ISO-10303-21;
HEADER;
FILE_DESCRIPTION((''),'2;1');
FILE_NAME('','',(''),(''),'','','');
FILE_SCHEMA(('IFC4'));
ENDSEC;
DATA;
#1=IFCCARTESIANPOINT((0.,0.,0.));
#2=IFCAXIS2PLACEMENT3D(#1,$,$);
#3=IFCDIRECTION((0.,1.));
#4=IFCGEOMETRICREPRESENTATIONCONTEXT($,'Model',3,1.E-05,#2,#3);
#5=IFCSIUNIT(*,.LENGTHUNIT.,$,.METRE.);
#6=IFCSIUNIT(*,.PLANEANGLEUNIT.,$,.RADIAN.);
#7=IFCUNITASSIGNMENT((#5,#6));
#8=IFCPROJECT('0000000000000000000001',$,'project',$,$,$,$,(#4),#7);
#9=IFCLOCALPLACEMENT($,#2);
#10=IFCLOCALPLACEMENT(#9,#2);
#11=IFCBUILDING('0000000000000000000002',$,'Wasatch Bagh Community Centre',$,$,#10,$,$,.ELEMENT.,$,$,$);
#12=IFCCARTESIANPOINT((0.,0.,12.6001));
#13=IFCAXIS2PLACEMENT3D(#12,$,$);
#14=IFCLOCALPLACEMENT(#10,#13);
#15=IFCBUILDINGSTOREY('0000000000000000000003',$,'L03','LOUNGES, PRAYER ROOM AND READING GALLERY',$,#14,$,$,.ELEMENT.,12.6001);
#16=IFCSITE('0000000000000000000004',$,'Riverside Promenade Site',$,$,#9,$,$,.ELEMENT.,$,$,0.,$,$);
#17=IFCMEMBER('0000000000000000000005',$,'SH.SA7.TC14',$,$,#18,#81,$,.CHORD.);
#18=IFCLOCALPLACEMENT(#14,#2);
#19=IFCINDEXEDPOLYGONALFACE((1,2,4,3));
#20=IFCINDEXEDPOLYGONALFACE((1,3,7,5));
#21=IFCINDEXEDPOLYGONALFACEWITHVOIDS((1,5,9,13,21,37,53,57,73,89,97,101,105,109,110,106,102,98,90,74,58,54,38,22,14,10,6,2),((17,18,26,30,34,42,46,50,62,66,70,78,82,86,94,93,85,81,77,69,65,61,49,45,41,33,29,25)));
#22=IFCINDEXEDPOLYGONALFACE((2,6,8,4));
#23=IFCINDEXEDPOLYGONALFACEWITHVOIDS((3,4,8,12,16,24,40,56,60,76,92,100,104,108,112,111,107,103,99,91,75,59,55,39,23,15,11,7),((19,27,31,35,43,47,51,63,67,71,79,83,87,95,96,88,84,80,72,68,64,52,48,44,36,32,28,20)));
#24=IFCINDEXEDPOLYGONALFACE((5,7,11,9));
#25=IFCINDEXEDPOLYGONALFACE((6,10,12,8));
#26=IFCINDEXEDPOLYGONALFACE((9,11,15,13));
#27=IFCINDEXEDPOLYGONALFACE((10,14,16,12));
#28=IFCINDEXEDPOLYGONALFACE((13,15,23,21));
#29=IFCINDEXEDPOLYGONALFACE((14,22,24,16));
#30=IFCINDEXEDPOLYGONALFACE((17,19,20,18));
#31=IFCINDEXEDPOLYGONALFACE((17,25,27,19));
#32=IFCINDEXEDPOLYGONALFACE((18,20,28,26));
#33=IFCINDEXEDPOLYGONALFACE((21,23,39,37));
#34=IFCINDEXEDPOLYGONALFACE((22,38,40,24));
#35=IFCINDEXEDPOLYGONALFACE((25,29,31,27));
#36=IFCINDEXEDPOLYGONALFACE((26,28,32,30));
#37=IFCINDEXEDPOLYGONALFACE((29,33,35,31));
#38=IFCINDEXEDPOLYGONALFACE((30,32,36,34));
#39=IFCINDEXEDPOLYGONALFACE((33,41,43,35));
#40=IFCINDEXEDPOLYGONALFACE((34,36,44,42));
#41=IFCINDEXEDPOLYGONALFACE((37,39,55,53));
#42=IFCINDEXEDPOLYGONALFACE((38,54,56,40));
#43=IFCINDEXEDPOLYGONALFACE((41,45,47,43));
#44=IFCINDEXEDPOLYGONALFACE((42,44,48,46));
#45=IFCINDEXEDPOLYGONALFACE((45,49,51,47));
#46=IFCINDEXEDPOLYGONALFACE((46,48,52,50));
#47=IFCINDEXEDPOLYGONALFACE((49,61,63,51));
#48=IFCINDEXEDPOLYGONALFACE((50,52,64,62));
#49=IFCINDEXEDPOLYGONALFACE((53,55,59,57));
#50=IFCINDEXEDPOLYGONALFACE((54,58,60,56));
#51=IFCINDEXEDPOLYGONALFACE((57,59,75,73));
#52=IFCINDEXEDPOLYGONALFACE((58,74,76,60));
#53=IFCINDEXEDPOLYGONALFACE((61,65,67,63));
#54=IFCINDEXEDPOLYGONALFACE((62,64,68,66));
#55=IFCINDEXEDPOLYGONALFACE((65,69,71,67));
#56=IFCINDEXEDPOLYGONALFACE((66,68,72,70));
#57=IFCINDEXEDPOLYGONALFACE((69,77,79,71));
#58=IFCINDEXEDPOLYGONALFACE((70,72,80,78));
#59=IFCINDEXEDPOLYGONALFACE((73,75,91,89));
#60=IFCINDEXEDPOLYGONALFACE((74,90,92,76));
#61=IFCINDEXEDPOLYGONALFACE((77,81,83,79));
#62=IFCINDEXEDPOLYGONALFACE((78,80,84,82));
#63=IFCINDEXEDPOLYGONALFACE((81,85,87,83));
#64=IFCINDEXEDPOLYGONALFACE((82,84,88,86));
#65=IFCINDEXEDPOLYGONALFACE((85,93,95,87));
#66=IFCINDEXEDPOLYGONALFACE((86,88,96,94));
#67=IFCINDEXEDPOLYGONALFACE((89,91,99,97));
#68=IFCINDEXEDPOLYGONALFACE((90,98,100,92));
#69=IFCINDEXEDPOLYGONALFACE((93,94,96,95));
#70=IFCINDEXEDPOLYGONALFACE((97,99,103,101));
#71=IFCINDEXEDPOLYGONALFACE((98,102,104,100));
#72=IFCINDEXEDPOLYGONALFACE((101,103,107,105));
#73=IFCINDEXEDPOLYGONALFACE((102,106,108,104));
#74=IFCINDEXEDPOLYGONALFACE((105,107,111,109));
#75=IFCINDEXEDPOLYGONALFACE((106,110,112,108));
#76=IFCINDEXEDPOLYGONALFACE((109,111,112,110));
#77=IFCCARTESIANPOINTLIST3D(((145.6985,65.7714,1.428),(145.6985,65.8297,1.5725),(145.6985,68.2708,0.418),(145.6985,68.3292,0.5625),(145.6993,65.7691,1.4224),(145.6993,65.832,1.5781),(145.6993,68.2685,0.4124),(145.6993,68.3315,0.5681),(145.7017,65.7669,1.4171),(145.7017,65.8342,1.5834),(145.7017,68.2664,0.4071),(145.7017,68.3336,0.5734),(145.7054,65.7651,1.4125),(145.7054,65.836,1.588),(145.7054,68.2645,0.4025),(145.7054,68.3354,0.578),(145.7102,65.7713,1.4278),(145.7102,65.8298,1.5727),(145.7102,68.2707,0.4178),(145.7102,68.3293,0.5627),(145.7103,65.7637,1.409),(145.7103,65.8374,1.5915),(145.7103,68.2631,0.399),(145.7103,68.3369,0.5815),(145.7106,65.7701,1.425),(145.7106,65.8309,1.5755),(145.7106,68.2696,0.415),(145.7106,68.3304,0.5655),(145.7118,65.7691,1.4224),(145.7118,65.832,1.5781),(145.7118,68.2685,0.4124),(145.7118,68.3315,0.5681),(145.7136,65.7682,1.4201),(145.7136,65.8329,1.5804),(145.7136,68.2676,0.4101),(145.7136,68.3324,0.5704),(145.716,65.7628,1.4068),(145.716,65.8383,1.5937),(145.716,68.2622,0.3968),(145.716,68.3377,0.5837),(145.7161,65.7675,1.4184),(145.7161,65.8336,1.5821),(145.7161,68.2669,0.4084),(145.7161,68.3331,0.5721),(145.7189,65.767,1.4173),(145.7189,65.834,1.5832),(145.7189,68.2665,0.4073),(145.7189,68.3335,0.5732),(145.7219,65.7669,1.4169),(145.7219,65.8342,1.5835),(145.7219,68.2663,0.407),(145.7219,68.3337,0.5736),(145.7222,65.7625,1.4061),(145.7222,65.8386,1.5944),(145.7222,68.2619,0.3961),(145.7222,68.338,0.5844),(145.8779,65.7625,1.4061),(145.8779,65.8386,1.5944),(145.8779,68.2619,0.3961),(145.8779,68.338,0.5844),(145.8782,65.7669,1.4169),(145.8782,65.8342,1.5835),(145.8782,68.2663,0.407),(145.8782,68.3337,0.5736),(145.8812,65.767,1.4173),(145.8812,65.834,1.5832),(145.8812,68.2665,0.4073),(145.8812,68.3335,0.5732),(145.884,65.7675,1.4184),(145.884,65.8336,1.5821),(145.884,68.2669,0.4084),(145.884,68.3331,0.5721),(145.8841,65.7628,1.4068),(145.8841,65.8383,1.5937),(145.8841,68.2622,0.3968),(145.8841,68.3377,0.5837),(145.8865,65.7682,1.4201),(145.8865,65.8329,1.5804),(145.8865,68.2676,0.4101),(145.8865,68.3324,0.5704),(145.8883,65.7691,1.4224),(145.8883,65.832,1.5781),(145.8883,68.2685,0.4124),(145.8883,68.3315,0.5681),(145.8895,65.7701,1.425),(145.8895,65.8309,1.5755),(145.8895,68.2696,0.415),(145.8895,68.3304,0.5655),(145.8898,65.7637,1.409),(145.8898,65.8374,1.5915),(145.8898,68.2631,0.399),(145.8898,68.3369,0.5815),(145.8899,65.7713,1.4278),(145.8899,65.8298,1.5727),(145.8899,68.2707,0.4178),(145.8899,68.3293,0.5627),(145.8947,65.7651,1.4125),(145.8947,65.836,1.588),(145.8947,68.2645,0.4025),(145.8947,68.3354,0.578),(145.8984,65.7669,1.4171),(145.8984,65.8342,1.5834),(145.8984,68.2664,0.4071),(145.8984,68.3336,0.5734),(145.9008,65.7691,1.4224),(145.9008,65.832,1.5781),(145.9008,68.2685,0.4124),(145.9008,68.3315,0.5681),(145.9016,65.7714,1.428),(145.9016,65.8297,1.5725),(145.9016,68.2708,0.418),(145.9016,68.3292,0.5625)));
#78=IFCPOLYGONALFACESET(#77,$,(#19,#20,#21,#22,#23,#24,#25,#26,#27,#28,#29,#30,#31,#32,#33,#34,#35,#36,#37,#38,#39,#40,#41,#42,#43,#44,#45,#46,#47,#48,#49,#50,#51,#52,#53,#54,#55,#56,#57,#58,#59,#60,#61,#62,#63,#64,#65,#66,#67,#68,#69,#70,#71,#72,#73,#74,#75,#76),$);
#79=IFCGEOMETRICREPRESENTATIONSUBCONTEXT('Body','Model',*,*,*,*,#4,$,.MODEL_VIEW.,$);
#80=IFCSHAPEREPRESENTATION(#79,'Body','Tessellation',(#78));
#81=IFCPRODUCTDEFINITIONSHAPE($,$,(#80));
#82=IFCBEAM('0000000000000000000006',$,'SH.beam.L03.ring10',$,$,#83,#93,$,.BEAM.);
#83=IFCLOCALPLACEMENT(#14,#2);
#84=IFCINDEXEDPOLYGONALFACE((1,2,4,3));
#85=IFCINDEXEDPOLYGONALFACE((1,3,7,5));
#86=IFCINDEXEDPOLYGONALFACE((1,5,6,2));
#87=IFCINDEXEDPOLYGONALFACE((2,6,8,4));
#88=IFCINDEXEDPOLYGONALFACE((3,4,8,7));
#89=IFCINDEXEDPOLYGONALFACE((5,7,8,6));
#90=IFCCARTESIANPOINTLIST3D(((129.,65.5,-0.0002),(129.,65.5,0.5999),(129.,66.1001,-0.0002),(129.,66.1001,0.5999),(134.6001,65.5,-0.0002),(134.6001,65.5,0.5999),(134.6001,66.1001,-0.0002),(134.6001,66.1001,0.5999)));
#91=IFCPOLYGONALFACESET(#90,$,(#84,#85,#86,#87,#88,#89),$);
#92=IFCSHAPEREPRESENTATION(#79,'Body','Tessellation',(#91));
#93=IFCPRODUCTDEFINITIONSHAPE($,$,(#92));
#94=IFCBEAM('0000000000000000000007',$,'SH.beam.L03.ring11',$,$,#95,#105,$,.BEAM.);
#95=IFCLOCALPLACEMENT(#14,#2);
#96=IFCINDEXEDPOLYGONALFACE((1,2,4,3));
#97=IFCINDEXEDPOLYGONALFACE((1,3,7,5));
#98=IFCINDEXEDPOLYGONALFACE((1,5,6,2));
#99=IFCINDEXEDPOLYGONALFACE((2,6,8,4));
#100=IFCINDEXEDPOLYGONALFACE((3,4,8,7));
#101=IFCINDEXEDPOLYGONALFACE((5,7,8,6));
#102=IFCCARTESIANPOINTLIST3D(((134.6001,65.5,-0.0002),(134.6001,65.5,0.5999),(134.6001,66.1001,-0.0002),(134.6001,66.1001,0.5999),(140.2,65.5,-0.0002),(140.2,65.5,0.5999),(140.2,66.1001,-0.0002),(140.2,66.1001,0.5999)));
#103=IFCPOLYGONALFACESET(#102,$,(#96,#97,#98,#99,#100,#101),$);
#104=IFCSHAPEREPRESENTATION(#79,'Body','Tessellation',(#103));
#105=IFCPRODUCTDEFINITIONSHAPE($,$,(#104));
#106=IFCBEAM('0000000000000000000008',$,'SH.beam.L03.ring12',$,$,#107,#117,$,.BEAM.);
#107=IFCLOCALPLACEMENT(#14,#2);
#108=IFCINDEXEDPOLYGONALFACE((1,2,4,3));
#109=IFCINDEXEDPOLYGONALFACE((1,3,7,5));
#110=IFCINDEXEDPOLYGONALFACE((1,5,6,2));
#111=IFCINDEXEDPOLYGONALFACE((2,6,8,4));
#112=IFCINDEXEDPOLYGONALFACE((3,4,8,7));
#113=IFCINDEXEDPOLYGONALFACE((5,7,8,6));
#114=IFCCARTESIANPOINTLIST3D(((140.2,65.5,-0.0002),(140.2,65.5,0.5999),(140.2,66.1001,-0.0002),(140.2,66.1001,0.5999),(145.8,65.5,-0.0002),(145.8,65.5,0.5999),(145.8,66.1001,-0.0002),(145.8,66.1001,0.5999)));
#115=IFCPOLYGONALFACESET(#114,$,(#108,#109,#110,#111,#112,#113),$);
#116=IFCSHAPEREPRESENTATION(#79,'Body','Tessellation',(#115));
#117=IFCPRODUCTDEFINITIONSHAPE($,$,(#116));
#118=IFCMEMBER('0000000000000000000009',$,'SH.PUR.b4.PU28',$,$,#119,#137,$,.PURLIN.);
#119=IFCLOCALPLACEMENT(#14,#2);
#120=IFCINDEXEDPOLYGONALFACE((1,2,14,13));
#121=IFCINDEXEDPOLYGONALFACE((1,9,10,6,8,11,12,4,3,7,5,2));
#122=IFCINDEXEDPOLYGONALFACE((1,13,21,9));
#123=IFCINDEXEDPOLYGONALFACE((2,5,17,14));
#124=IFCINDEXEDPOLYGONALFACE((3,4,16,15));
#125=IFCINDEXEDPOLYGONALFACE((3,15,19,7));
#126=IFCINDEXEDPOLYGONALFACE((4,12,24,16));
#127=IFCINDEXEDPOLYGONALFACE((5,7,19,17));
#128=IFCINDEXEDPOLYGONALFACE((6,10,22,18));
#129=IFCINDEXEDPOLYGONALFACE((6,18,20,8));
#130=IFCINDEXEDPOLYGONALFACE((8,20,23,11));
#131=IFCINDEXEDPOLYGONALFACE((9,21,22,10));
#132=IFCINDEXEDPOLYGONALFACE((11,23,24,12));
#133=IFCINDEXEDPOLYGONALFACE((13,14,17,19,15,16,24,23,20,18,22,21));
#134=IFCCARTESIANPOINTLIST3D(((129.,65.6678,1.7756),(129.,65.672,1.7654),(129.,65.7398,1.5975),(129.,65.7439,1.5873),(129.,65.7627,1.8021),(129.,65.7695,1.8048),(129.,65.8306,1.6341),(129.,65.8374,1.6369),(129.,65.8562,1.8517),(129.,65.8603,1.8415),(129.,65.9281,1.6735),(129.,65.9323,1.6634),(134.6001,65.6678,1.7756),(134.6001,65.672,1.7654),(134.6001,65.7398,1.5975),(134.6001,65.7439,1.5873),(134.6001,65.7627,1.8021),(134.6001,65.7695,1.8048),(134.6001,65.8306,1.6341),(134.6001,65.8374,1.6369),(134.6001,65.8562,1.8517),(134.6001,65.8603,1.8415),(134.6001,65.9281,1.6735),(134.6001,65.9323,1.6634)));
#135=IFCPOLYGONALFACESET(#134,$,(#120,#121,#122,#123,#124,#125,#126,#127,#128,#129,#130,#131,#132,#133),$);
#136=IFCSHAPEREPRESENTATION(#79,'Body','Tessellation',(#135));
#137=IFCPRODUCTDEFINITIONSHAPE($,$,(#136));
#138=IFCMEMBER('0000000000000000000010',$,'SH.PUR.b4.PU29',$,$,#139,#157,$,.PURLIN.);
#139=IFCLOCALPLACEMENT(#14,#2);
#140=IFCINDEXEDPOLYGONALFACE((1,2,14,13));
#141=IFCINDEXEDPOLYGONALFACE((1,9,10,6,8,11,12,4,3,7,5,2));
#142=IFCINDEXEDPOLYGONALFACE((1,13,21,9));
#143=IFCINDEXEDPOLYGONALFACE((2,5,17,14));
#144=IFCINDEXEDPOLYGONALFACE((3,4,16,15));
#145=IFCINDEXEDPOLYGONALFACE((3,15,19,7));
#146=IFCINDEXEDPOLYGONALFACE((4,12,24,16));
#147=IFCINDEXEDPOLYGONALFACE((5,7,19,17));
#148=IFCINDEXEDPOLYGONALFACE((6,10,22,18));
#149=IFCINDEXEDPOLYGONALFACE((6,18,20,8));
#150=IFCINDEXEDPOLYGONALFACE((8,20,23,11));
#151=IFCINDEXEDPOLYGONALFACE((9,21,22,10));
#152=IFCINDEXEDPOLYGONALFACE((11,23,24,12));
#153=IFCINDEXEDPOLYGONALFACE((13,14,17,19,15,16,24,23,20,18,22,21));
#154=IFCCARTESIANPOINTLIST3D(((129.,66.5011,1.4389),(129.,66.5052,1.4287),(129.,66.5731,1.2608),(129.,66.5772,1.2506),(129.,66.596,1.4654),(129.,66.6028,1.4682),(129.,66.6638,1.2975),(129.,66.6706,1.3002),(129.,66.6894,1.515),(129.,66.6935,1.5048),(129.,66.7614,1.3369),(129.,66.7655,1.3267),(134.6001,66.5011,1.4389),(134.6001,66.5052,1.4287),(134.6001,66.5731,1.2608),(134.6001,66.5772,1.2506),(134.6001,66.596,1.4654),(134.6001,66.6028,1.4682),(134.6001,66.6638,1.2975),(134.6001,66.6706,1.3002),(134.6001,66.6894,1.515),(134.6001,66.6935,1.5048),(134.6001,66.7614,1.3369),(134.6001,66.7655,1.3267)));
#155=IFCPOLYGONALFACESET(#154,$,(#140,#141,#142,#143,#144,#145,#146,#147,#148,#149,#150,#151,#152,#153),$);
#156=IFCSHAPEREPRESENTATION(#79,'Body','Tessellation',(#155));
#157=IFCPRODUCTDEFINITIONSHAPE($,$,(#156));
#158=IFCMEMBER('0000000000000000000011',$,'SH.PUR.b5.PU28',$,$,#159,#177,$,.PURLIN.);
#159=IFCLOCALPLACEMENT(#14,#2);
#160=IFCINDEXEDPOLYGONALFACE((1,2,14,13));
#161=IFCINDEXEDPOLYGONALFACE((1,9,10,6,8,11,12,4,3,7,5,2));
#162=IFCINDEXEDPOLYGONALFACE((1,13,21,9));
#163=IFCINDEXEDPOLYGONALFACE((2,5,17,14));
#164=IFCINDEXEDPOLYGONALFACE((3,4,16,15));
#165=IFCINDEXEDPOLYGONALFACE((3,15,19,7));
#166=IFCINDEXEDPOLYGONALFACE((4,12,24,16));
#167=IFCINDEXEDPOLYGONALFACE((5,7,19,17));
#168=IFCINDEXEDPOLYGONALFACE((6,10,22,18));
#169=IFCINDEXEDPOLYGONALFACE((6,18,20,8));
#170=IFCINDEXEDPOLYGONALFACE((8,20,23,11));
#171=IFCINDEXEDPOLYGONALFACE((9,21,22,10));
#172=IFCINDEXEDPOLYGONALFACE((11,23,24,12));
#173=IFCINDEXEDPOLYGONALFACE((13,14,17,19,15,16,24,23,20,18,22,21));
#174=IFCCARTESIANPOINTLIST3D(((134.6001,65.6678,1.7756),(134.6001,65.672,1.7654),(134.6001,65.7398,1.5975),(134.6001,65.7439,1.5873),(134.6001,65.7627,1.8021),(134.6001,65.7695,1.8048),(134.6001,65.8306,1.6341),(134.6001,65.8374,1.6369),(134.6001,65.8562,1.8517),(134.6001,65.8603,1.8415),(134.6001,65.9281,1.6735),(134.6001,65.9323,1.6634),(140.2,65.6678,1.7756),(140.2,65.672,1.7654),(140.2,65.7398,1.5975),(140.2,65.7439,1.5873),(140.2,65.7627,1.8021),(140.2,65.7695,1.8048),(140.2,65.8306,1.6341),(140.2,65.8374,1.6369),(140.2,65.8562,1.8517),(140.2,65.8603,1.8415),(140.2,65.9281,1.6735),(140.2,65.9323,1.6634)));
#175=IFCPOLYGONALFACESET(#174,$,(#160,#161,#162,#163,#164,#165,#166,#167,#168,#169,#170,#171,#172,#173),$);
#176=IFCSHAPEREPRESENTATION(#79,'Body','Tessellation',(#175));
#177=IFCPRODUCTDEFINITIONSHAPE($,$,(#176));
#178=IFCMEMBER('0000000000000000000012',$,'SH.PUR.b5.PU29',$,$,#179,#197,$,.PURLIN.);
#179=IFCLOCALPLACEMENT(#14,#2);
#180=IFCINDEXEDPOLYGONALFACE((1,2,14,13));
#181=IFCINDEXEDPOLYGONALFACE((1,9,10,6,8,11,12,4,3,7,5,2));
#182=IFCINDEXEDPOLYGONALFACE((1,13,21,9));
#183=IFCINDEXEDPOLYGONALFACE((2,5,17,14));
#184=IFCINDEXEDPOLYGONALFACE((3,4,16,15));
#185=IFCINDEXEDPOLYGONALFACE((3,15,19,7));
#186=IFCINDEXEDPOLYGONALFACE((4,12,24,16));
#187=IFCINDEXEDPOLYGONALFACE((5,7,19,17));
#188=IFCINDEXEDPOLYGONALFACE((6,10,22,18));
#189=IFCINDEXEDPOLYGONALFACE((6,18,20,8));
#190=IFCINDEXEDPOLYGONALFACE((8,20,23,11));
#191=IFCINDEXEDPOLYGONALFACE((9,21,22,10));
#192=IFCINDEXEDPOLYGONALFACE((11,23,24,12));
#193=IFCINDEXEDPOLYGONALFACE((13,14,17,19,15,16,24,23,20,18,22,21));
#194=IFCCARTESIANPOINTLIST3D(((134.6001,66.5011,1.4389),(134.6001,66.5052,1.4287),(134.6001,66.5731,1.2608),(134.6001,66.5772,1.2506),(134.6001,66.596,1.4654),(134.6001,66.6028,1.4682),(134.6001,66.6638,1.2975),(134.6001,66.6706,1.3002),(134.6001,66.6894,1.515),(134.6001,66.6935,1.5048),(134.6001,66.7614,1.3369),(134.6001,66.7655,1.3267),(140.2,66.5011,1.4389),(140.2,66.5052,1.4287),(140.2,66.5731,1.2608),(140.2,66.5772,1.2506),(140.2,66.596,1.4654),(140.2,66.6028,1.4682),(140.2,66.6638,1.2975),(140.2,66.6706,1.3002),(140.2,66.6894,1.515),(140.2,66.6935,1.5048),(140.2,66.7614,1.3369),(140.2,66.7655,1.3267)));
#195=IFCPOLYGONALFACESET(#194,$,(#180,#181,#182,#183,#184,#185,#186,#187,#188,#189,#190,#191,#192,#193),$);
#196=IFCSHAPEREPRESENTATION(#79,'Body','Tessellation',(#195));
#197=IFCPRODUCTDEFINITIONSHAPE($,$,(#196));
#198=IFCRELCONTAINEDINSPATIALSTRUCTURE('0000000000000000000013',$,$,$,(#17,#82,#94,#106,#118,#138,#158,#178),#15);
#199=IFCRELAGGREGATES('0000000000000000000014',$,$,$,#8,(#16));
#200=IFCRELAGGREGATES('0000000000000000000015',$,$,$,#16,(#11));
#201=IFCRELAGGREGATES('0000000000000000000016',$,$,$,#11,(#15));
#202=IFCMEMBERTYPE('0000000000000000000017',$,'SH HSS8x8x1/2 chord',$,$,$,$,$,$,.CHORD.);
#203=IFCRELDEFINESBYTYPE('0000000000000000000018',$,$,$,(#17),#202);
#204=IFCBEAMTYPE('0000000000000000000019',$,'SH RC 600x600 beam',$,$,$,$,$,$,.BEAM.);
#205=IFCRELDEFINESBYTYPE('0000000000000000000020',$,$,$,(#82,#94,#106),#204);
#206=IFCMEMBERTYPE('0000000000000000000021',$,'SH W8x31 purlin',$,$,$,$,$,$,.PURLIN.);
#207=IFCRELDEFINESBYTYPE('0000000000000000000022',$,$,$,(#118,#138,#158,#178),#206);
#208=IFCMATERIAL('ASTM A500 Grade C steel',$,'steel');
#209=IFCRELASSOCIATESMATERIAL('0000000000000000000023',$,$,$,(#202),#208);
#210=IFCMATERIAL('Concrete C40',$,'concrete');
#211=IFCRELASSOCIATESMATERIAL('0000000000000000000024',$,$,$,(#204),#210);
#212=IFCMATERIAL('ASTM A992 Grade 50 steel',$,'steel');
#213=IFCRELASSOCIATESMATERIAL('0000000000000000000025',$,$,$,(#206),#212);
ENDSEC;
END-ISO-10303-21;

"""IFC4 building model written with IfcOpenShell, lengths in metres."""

from ifc_helpers import new_model, si_unit, direction, frame, origin, origin_2d, place, context, subcontext, project, spatial, rectangle, hollow_rectangle, i_section, extrude, material, material_profile, profile_set, type_object, element, save


model = new_model("IFC4")

# Units and contexts
model_context = context("Model", 3, precision=1e-05, world=origin(), true_north=direction((0.0, 1.0)))
body_context = subcontext(model_context, "Body", "Model", "MODEL_VIEW")
ifc_project = project(units=[si_unit("LENGTHUNIT", "METRE"), si_unit("PLANEANGLEUNIT", "RADIAN")], contexts=[model_context])

# Site, building, storey
site_placement = place(None, origin())
site = spatial("IfcSite", under=ifc_project, at=site_placement, Name="Riverside Promenade Site", CompositionType="ELEMENT", RefElevation=0.0)
building_placement = place(site_placement, origin())
building = spatial("IfcBuilding", under=site, at=building_placement, Name="Wasatch Bagh Community Centre", CompositionType="ELEMENT")
storey_placement = place(building_placement, frame((0.0, 0.0, 12.6001)))
storey = spatial("IfcBuildingStorey", under=building, at=storey_placement, Name="L03", Description="LOUNGES, PRAYER ROOM AND READING GALLERY", CompositionType="ELEMENT", Elevation=12.6001)

# Member
ifc_material_1 = material(Name="ASTM A500 Grade C steel", Category="steel")
ifc_material_profile_1 = material_profile(ifc_material_1, hollow_rectangle(XDim=0.2031, YDim=0.2031, WallThickness=0.0117, InnerFilletRadius=0.0117, OuterFilletRadius=0.0237, at=origin_2d()), Name="HSS8x8x1/2")
ifc_profile_set_1 = profile_set([ifc_material_profile_1], Name="ASTM A500 Grade C steel")
member_type_1 = type_object("IfcMemberType", Name="SH HSS8x8x1/2 chord", PredefinedType="CHORD", material=ifc_profile_set_1)
for number, where, z_axis, x_axis, name in (
    (1, (145.8, 65.8005, 1.5002), (0.0, 0.927166, -0.374652), (-1.0, 0.0, 0.0), "SH.SA7.TC14"),
):
    element("IfcMember", number, at=place(storey_placement, frame(where, z_axis=z_axis, x_axis=x_axis)), inside=storey, type_object=member_type_1, Name=name, PredefinedType="CHORD", context=body_context, shape_type="SweptSolid", body=[
        extrude(hollow_rectangle(XDim=0.2031, YDim=0.2031, WallThickness=0.0117, InnerFilletRadius=0.0117, OuterFilletRadius=0.0237, at=origin_2d()), origin(), (0.0, 0.0, 1.0), 2.6958),
    ])

# Beams
ifc_material_2 = material(Name="Concrete C40", Category="concrete")
ifc_material_profile_2 = material_profile(ifc_material_2, rectangle(XDim=0.6001, YDim=0.6001, at=origin_2d()), Name="RC 600x600")
ifc_profile_set_2 = profile_set([ifc_material_profile_2], Name="Concrete C40")
beam_type = type_object("IfcBeamType", Name="SH RC 600x600 beam", PredefinedType="BEAM", material=ifc_profile_set_2)
beam_1_placement = place(storey_placement, frame((129.0, 65.8, 0.2998), z_axis=(1.0, 0.0, 0.0), x_axis=(0.0, 1.0, 0.0)))
element("IfcBeam", 2, at=beam_1_placement, inside=storey, type_object=beam_type, Name="SH.beam.L03.ring10", PredefinedType="BEAM", context=body_context, shape_type="SweptSolid", body=[
    extrude(rectangle(XDim=0.6001, YDim=0.6001, at=origin_2d()), origin(), (0.0, 0.0, 1.0), 5.6001),
])
beam_2_placement = place(storey_placement, frame((134.6001, 65.8, 0.2998), z_axis=(1.0, 0.0, 0.0), x_axis=(0.0, 1.0, 0.0)))
element("IfcBeam", 3, at=beam_2_placement, inside=storey, type_object=beam_type, Name="SH.beam.L03.ring11", PredefinedType="BEAM", context=body_context, shape_type="SweptSolid", body=[
    extrude(rectangle(XDim=0.6001, YDim=0.6001, at=origin_2d()), origin(), (0.0, 0.0, 1.0), 5.5999),
])
beam_3_placement = place(storey_placement, frame((140.2, 65.8, 0.2998), z_axis=(1.0, 0.0, 0.0), x_axis=(0.0, 1.0, 0.0)))
element("IfcBeam", 4, at=beam_3_placement, inside=storey, type_object=beam_type, Name="SH.beam.L03.ring12", PredefinedType="BEAM", context=body_context, shape_type="SweptSolid", body=[
    extrude(rectangle(XDim=0.6001, YDim=0.6001, at=origin_2d()), origin(), (0.0, 0.0, 1.0), 5.6001),
])

# Members
ifc_material_3 = material(Name="ASTM A992 Grade 50 steel", Category="steel")
ifc_material_profile_3 = material_profile(ifc_material_3, i_section(OverallWidth=0.2031, OverallDepth=0.2031, WebThickness=0.0073, FlangeThickness=0.011, at=origin_2d()), Name="W8x31")
ifc_profile_set_3 = profile_set([ifc_material_profile_3], Name="ASTM A992 Grade 50 steel")
member_type_2 = type_object("IfcMemberType", Name="SH W8x31 purlin", PredefinedType="PURLIN", material=ifc_profile_set_3)
for number, where, z_axis, x_axis, name in (
    (5, (129.0, 65.8, 1.7195), (1.0, 0.0, 0.0), (0.0, 0.927184, 0.374607), "SH.PUR.b4.PU28"),
    (6, (129.0, 66.6333, 1.3828), (1.0, 0.0, 0.0), (0.0, 0.927184, 0.374607), "SH.PUR.b4.PU29"),
):
    element("IfcMember", number, at=place(storey_placement, frame(where, z_axis=z_axis, x_axis=x_axis)), inside=storey, type_object=member_type_2, Name=name, PredefinedType="PURLIN", context=body_context, shape_type="SweptSolid", body=[
        extrude(i_section(OverallWidth=0.2031, OverallDepth=0.2031, WebThickness=0.0073, FlangeThickness=0.011, at=origin_2d()), origin(), (0.0, 0.0, 1.0), 5.6001),
    ])
for number, where, z_axis, x_axis, name in (
    (7, (134.6001, 65.8, 1.7195), (1.0, 0.0, 0.0), (0.0, 0.927184, 0.374607), "SH.PUR.b5.PU28"),
    (8, (134.6001, 66.6333, 1.3828), (1.0, 0.0, 0.0), (0.0, 0.927184, 0.374607), "SH.PUR.b5.PU29"),
):
    element("IfcMember", number, at=place(storey_placement, frame(where, z_axis=z_axis, x_axis=x_axis)), inside=storey, type_object=member_type_2, Name=name, PredefinedType="PURLIN", context=body_context, shape_type="SweptSolid", body=[
        extrude(i_section(OverallWidth=0.2031, OverallDepth=0.2031, WebThickness=0.0073, FlangeThickness=0.011, at=origin_2d()), origin(), (0.0, 0.0, 1.0), 5.5999),
    ])

save(model, "model.ifc")
